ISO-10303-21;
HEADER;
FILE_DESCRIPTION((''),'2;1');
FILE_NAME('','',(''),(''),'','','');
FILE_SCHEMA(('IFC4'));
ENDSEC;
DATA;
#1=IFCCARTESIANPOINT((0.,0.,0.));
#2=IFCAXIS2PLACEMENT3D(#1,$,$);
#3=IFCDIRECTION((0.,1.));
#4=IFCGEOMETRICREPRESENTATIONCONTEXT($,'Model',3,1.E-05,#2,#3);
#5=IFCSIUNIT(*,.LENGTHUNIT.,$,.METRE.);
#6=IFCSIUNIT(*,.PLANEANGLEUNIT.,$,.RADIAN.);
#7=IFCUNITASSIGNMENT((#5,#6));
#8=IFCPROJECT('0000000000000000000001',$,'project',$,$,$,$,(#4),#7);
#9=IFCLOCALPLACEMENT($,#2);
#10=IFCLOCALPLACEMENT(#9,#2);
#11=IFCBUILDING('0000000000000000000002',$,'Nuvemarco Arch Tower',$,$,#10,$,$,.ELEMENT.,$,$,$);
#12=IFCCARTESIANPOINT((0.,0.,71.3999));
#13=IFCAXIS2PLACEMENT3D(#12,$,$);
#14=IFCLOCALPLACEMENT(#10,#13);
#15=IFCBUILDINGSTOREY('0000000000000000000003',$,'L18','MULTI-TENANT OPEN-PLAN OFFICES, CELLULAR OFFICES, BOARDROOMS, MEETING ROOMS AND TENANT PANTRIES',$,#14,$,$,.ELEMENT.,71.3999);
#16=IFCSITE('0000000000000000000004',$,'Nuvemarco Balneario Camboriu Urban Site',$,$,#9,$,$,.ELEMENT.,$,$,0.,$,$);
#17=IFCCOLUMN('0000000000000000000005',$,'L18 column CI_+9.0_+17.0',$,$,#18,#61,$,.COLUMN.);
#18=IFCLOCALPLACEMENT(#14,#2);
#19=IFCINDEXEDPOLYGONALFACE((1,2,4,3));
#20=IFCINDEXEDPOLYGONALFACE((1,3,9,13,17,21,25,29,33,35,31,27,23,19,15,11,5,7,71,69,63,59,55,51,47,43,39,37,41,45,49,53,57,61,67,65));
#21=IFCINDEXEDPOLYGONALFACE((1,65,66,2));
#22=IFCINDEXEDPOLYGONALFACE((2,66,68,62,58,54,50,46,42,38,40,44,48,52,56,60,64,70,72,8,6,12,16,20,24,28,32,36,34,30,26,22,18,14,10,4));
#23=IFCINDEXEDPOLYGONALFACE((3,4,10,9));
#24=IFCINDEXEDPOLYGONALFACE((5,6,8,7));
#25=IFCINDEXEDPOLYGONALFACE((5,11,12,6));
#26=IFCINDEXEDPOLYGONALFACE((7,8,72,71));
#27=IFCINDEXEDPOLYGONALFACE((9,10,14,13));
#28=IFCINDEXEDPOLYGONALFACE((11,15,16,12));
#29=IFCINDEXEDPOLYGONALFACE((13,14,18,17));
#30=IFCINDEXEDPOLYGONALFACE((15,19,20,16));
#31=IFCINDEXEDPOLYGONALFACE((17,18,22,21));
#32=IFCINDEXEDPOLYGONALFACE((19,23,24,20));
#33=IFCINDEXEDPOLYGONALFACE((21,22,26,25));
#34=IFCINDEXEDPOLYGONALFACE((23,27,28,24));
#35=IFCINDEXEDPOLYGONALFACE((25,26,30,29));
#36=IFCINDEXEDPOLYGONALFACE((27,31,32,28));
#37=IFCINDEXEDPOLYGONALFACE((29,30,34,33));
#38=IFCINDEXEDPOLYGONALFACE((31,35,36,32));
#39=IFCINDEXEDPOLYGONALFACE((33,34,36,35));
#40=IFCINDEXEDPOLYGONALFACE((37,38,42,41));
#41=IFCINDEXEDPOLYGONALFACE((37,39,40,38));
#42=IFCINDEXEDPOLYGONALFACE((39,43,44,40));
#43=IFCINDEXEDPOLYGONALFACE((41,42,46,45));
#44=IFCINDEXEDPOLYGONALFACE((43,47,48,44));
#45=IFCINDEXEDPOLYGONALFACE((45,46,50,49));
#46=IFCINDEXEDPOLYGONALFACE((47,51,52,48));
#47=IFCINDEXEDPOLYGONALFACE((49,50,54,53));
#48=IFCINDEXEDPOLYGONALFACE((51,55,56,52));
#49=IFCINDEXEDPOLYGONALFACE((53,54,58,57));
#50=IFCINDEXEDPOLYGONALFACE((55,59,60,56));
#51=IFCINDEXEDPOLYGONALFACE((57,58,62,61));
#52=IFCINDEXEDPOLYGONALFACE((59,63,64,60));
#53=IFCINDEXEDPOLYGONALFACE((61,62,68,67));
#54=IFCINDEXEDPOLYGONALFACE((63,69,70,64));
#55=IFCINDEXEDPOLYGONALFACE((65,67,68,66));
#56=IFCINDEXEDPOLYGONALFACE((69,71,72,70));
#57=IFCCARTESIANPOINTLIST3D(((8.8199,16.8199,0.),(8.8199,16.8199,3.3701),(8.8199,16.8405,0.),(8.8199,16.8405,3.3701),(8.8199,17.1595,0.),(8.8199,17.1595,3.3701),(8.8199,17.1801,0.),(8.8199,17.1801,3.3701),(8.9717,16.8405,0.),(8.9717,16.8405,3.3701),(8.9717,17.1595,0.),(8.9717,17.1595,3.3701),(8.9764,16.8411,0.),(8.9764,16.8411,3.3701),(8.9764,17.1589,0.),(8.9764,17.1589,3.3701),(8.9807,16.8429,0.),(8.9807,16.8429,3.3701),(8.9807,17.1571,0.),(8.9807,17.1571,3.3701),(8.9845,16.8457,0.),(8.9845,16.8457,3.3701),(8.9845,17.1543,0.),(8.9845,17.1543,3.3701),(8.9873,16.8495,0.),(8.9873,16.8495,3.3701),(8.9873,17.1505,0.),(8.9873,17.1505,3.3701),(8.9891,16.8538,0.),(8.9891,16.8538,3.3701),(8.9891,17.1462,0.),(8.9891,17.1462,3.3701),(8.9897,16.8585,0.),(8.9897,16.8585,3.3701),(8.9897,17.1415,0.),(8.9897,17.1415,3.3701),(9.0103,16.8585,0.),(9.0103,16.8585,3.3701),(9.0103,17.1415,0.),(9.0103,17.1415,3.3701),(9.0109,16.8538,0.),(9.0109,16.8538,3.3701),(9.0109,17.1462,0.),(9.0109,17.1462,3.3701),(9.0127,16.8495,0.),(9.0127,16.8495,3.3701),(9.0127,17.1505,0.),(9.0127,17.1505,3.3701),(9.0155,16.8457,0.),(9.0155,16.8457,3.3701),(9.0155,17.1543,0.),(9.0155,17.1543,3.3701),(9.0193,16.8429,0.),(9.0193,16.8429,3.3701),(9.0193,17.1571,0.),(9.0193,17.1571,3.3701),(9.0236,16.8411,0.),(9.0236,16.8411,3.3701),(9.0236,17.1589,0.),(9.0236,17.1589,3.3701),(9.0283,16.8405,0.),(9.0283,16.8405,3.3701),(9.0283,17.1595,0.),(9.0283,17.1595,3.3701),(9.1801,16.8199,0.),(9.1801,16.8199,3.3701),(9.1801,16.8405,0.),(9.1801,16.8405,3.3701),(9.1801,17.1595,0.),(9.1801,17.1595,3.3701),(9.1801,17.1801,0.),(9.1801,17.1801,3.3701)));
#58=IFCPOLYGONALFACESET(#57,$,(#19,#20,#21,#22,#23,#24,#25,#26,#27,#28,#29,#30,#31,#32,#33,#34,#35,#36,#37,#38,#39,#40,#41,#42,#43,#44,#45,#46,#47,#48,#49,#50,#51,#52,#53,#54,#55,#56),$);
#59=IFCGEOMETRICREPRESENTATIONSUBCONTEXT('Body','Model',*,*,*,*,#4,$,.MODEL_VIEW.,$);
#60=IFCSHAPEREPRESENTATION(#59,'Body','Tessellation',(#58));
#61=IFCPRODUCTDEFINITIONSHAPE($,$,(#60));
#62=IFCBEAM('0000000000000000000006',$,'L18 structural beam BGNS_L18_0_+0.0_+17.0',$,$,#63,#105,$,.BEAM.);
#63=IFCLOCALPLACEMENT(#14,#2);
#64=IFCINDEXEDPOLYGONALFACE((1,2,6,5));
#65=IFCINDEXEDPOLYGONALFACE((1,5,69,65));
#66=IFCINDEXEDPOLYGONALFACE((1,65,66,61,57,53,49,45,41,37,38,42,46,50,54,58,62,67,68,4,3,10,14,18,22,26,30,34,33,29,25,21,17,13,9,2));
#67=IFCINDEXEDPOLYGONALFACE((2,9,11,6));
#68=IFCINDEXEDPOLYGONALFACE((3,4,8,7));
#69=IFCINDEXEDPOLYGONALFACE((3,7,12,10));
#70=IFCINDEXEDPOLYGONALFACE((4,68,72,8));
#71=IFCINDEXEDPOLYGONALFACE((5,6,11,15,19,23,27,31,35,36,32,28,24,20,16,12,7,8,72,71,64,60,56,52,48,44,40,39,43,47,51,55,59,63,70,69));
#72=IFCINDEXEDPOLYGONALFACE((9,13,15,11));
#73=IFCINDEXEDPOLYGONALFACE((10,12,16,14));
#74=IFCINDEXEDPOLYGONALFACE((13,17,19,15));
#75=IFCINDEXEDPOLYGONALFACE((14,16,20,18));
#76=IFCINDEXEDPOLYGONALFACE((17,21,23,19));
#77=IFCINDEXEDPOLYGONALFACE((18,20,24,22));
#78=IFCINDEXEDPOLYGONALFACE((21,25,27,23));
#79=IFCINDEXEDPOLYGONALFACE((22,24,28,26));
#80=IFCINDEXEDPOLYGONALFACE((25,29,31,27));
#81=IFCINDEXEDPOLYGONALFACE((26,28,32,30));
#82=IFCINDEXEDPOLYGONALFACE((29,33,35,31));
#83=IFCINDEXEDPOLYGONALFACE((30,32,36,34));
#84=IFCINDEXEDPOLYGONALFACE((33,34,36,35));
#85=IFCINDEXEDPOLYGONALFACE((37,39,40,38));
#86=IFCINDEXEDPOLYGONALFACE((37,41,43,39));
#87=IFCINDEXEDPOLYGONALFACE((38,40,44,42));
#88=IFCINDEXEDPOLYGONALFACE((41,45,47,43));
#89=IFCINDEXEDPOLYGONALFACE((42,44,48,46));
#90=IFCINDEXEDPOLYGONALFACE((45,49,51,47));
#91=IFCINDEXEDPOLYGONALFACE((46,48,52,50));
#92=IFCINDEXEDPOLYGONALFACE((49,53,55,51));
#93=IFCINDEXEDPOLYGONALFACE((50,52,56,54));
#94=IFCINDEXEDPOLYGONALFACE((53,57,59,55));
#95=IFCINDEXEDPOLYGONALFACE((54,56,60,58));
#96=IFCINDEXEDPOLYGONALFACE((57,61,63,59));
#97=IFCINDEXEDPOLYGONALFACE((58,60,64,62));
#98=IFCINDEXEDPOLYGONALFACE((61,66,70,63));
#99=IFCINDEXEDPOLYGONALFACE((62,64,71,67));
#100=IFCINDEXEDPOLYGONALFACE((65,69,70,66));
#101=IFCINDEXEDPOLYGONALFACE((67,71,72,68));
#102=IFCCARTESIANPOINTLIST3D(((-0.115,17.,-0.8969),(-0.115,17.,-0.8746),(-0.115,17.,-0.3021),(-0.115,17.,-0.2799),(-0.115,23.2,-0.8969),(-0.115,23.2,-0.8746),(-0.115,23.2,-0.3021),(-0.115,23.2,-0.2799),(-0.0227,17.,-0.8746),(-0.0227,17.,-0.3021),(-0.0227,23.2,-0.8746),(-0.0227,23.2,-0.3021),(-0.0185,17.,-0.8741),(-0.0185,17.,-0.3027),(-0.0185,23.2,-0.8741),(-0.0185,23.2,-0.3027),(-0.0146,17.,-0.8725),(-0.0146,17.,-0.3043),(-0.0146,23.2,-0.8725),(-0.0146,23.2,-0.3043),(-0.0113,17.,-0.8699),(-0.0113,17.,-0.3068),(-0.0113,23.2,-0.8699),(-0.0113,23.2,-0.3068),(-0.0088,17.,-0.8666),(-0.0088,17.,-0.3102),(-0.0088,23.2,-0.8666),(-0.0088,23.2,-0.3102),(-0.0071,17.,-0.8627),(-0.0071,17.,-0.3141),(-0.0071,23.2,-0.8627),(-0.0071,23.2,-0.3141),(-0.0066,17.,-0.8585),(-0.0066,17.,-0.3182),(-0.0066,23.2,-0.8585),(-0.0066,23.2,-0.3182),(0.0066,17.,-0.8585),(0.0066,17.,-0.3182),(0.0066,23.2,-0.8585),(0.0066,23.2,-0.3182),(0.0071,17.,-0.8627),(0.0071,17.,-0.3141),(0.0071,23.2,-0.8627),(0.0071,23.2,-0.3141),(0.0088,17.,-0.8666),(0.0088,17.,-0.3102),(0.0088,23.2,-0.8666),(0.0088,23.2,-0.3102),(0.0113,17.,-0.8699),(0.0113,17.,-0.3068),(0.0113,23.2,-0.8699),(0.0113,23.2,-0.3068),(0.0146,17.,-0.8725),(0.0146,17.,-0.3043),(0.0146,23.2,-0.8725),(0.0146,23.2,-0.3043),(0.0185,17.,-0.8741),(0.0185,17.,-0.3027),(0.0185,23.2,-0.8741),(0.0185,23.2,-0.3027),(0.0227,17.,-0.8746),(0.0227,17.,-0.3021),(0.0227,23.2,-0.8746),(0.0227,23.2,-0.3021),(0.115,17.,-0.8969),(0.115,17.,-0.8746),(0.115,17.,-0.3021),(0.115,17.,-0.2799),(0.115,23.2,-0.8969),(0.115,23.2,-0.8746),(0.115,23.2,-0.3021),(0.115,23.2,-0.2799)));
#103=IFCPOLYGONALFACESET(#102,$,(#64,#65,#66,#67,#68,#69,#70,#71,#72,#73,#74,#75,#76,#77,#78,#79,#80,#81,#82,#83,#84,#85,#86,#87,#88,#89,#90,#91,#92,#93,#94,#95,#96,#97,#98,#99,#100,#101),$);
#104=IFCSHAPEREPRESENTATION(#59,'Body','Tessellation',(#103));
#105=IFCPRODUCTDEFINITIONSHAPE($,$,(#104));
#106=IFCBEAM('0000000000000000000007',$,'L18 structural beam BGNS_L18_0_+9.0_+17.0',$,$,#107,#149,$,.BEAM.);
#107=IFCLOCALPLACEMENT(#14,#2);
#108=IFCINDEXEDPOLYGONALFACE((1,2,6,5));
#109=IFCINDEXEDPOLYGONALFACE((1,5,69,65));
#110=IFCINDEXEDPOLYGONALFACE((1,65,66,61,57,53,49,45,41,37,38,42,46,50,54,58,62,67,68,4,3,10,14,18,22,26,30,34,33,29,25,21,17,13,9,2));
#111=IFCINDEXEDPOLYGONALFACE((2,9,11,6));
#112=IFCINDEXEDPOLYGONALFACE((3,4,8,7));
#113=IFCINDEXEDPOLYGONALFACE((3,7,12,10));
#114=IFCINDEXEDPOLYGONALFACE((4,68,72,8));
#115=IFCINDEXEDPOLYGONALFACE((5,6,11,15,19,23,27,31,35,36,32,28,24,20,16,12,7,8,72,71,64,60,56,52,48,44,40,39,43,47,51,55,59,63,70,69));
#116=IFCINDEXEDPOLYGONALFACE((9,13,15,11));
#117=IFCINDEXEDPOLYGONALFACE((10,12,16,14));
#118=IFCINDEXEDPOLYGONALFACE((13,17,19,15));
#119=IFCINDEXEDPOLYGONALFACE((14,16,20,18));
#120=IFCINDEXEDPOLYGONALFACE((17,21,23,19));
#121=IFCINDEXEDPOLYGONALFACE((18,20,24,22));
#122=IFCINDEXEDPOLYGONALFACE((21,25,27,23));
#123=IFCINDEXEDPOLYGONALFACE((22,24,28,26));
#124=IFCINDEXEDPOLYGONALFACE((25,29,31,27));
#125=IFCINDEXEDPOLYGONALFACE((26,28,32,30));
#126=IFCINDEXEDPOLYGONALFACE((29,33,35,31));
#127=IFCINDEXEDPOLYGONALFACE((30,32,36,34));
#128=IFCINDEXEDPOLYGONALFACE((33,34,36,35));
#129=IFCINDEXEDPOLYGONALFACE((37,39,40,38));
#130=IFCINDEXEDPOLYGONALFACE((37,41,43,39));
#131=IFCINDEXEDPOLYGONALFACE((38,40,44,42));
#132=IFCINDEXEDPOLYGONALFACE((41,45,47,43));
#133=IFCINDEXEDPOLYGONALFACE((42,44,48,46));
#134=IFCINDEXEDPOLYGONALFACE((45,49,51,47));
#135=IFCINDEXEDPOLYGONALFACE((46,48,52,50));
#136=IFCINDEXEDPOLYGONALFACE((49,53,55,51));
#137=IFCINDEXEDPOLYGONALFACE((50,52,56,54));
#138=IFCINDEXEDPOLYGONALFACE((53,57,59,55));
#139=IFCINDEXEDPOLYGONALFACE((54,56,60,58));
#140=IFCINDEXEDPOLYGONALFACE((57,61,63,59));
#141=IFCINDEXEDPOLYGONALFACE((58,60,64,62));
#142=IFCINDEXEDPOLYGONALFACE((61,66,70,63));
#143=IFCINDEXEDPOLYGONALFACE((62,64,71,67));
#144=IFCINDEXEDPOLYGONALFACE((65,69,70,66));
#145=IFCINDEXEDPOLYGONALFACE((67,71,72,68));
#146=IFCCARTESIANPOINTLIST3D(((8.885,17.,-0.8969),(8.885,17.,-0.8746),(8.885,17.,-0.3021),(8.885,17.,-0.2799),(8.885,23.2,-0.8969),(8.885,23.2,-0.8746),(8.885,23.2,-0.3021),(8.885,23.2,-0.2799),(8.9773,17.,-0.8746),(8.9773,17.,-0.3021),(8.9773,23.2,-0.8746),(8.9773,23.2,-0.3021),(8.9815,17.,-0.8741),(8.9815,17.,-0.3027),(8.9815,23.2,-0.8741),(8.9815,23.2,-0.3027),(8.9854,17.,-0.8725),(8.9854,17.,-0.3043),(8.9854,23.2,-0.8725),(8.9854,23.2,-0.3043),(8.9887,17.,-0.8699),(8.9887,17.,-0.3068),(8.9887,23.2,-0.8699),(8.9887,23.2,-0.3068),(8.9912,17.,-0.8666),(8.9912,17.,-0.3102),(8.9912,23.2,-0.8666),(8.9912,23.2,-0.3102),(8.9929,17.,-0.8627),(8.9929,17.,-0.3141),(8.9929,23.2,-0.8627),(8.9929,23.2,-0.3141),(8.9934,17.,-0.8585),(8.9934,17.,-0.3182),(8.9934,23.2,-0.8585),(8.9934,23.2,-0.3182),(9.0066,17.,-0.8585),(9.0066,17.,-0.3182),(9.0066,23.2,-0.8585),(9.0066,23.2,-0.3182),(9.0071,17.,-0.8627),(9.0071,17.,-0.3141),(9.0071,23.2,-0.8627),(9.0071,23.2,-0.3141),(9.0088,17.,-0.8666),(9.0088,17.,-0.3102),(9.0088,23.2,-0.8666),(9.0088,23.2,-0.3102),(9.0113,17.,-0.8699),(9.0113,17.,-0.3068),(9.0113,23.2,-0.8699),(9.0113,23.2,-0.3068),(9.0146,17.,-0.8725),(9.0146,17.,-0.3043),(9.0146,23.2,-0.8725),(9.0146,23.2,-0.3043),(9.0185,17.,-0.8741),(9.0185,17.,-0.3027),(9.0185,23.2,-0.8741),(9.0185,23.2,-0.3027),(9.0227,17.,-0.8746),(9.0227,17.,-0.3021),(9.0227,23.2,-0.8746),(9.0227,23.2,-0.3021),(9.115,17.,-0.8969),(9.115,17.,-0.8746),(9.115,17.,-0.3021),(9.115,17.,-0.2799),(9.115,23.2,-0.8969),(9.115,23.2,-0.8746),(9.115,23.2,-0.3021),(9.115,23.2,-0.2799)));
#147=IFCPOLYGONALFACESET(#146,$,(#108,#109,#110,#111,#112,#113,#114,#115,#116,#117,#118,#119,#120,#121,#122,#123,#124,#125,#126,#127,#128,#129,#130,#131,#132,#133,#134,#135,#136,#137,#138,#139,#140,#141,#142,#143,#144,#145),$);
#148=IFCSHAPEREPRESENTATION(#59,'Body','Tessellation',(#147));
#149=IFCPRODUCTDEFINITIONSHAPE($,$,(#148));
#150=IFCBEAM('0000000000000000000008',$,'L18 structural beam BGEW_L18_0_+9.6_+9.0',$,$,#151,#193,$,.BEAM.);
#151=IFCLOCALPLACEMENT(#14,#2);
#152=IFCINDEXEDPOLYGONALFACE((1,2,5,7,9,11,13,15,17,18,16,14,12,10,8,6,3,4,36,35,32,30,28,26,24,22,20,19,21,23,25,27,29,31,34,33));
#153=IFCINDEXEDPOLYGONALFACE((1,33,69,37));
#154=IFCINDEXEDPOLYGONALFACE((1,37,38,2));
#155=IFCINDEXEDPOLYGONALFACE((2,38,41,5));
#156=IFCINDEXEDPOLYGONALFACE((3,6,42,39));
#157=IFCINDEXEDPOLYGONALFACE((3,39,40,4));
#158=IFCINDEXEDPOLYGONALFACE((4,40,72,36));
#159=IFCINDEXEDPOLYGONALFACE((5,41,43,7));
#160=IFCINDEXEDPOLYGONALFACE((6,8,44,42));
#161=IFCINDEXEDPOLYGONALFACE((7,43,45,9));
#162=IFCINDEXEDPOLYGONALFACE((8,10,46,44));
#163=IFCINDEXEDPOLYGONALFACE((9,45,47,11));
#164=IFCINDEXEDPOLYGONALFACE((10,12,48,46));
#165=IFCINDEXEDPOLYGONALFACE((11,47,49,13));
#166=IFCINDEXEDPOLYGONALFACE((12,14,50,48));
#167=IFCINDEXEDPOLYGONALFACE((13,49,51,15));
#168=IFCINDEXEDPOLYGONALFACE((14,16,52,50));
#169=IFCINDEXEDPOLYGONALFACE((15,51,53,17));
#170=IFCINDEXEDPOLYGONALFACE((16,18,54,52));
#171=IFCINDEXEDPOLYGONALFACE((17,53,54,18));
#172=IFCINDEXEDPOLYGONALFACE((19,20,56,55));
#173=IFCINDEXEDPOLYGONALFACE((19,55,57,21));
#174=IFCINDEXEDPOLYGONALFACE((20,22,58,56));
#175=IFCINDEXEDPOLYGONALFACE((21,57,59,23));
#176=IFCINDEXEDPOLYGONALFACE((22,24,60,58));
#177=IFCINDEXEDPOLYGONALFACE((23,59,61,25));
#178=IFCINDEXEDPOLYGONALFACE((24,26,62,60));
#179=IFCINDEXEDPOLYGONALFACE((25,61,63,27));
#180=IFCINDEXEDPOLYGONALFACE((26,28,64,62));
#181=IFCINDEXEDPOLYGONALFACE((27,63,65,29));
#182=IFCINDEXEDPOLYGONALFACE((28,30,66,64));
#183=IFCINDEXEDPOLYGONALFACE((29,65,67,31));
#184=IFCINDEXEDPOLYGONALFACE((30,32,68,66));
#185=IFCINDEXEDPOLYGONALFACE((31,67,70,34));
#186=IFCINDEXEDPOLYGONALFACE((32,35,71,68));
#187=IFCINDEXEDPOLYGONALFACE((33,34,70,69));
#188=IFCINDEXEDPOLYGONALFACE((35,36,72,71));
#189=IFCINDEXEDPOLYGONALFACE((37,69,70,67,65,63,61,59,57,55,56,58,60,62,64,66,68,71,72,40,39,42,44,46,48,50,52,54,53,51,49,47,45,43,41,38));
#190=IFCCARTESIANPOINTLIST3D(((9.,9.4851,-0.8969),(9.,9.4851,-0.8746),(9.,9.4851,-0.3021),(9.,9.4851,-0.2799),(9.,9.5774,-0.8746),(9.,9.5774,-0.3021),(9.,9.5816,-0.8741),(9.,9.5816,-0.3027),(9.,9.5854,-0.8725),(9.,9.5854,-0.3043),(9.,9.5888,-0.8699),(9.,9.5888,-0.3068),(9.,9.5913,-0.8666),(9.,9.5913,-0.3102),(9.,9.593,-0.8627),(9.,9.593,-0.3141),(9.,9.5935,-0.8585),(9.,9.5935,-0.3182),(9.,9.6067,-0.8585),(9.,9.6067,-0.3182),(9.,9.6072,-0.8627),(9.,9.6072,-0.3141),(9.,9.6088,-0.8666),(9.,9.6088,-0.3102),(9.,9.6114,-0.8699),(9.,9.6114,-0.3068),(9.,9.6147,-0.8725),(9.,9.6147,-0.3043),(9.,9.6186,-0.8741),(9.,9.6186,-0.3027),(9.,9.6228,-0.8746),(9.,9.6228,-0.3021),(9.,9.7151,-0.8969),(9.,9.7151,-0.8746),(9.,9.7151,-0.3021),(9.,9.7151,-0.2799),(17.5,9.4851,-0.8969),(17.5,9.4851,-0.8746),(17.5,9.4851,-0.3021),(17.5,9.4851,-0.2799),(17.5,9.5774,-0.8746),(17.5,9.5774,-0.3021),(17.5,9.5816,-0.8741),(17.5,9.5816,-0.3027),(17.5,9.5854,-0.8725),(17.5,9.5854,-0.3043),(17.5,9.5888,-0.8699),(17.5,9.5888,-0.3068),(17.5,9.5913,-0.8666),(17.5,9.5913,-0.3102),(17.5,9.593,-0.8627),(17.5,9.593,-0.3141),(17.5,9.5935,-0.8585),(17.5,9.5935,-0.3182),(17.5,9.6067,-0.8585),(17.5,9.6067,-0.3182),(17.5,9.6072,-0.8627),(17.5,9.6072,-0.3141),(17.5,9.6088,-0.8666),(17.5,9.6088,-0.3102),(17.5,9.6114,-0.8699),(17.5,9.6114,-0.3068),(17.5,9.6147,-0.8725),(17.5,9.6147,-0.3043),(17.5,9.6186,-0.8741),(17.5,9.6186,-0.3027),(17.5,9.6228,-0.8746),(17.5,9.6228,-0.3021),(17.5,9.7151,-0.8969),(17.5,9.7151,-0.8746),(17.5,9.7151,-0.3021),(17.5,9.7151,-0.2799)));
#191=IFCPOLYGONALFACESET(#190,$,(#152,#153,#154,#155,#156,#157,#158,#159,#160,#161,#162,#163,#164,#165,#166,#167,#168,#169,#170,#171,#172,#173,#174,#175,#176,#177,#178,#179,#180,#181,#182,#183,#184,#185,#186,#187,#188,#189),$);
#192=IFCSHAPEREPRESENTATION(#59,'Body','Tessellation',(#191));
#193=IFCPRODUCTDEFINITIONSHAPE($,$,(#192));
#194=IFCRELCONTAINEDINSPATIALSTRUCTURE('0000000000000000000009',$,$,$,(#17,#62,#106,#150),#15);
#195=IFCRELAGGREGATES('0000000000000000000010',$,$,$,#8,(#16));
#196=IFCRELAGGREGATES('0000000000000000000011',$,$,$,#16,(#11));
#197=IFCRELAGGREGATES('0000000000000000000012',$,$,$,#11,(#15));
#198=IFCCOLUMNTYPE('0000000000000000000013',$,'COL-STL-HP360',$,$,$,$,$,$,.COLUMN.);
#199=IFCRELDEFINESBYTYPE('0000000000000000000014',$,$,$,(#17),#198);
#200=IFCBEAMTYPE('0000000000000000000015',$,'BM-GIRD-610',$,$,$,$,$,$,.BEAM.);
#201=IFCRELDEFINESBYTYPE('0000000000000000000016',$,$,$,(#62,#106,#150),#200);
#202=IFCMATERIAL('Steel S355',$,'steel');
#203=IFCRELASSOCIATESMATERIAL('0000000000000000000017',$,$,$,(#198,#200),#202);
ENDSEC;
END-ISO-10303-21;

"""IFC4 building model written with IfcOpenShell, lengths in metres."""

from ifc_helpers import new_model, si_unit, direction, frame, origin, origin_2d, place, context, subcontext, project, spatial, i_section, extrude, material, material_profile, profile_set, type_object, element, save


model = new_model("IFC4")

# Units and contexts
model_context = context("Model", 3, precision=1e-05, world=origin(), true_north=direction((0.0, 1.0)))
body_context = subcontext(model_context, "Body", "Model", "MODEL_VIEW")
ifc_project = project(units=[si_unit("LENGTHUNIT", "METRE"), si_unit("PLANEANGLEUNIT", "RADIAN")], contexts=[model_context])

# Site, building, storey
site_placement = place(None, origin())
site = spatial("IfcSite", under=ifc_project, at=site_placement, Name="Nuvemarco Balneario Camboriu Urban Site", CompositionType="ELEMENT", RefElevation=0.0)
building_placement = place(site_placement, origin())
building = spatial("IfcBuilding", under=site, at=building_placement, Name="Nuvemarco Arch Tower", CompositionType="ELEMENT")
storey_placement = place(building_placement, frame((0.0, 0.0, 71.3999)))
storey = spatial("IfcBuildingStorey", under=building, at=storey_placement, Name="L18", Description="MULTI-TENANT OPEN-PLAN OFFICES, CELLULAR OFFICES, BOARDROOMS, MEETING ROOMS AND TENANT PANTRIES", CompositionType="ELEMENT", Elevation=71.3999)

# Column
ifc_material_1 = material(Name="Steel S355", Category="steel")
ifc_material_profile_1 = material_profile(ifc_material_1, i_section(OverallWidth=0.3601, OverallDepth=0.3601, WebThickness=0.0205, FlangeThickness=0.0205, FilletRadius=0.0181, at=origin_2d()), Name="HP360x174")
ifc_profile_set_1 = profile_set([ifc_material_profile_1], Name="Steel S355")
column_type_1 = type_object("IfcColumnType", Name="COL-STL-HP360", PredefinedType="COLUMN", material=ifc_profile_set_1)
for number, where, z_axis, x_axis, name in (
    (1, (9.0, 17.0, 0.0), (0.0, 0.0, 1.0), (1.0, 0.0, 0.0), "L18 column CI_+9.0_+17.0"),
):
    element("IfcColumn", number, at=place(storey_placement, frame(where, z_axis=z_axis, x_axis=x_axis)), inside=storey, type_object=column_type_1, Name=name, PredefinedType="COLUMN", context=body_context, shape_type="SweptSolid", body=[
        extrude(i_section(OverallWidth=0.3601, OverallDepth=0.3601, WebThickness=0.0205, FlangeThickness=0.0205, FilletRadius=0.0181, at=origin_2d()), origin(), (0.0, 0.0, 1.0), 3.3701),
    ])

# Beams
ifc_material_profile_2 = material_profile(ifc_material_1, i_section(OverallWidth=0.23, OverallDepth=0.6169, WebThickness=0.0132, FlangeThickness=0.0222, FilletRadius=0.0161, at=origin_2d()), Name="W610x140")
ifc_profile_set_2 = profile_set([ifc_material_profile_2], Name="Steel S355")
beam_type_1 = type_object("IfcBeamType", Name="BM-GIRD-610", PredefinedType="BEAM", material=ifc_profile_set_2)
for number, where, z_axis, x_axis, name in (
    (2, (0.0, 17.0, -0.5884), (0.0, 1.0, 0.0), (-1.0, 0.0, 0.0), "L18 structural beam BGNS_L18_0_+0.0_+17.0"),
    (3, (9.0, 17.0, -0.5884), (0.0, 1.0, 0.0), (-1.0, 0.0, 0.0), "L18 structural beam BGNS_L18_0_+9.0_+17.0"),
):
    element("IfcBeam", number, at=place(storey_placement, frame(where, z_axis=z_axis, x_axis=x_axis)), inside=storey, type_object=beam_type_1, Name=name, PredefinedType="BEAM", context=body_context, shape_type="SweptSolid", body=[
        extrude(i_section(OverallWidth=0.23, OverallDepth=0.6169, WebThickness=0.0132, FlangeThickness=0.0222, FilletRadius=0.0161, at=origin_2d()), origin(), (0.0, 0.0, 1.0), 6.2),
    ])
beam_1_placement = place(storey_placement, frame((9.0, 9.6001, -0.5884), z_axis=(1.0, 0.0, 0.0), x_axis=(0.0, 1.0, 0.0)))
element("IfcBeam", 4, at=beam_1_placement, inside=storey, type_object=beam_type_1, Name="L18 structural beam BGEW_L18_0_+9.6_+9.0", PredefinedType="BEAM", context=body_context, shape_type="SweptSolid", body=[
    extrude(i_section(OverallWidth=0.23, OverallDepth=0.6169, WebThickness=0.0132, FlangeThickness=0.0222, FilletRadius=0.0161, at=origin_2d()), origin(), (0.0, 0.0, 1.0), 8.5),
])

save(model, "model.ifc")
